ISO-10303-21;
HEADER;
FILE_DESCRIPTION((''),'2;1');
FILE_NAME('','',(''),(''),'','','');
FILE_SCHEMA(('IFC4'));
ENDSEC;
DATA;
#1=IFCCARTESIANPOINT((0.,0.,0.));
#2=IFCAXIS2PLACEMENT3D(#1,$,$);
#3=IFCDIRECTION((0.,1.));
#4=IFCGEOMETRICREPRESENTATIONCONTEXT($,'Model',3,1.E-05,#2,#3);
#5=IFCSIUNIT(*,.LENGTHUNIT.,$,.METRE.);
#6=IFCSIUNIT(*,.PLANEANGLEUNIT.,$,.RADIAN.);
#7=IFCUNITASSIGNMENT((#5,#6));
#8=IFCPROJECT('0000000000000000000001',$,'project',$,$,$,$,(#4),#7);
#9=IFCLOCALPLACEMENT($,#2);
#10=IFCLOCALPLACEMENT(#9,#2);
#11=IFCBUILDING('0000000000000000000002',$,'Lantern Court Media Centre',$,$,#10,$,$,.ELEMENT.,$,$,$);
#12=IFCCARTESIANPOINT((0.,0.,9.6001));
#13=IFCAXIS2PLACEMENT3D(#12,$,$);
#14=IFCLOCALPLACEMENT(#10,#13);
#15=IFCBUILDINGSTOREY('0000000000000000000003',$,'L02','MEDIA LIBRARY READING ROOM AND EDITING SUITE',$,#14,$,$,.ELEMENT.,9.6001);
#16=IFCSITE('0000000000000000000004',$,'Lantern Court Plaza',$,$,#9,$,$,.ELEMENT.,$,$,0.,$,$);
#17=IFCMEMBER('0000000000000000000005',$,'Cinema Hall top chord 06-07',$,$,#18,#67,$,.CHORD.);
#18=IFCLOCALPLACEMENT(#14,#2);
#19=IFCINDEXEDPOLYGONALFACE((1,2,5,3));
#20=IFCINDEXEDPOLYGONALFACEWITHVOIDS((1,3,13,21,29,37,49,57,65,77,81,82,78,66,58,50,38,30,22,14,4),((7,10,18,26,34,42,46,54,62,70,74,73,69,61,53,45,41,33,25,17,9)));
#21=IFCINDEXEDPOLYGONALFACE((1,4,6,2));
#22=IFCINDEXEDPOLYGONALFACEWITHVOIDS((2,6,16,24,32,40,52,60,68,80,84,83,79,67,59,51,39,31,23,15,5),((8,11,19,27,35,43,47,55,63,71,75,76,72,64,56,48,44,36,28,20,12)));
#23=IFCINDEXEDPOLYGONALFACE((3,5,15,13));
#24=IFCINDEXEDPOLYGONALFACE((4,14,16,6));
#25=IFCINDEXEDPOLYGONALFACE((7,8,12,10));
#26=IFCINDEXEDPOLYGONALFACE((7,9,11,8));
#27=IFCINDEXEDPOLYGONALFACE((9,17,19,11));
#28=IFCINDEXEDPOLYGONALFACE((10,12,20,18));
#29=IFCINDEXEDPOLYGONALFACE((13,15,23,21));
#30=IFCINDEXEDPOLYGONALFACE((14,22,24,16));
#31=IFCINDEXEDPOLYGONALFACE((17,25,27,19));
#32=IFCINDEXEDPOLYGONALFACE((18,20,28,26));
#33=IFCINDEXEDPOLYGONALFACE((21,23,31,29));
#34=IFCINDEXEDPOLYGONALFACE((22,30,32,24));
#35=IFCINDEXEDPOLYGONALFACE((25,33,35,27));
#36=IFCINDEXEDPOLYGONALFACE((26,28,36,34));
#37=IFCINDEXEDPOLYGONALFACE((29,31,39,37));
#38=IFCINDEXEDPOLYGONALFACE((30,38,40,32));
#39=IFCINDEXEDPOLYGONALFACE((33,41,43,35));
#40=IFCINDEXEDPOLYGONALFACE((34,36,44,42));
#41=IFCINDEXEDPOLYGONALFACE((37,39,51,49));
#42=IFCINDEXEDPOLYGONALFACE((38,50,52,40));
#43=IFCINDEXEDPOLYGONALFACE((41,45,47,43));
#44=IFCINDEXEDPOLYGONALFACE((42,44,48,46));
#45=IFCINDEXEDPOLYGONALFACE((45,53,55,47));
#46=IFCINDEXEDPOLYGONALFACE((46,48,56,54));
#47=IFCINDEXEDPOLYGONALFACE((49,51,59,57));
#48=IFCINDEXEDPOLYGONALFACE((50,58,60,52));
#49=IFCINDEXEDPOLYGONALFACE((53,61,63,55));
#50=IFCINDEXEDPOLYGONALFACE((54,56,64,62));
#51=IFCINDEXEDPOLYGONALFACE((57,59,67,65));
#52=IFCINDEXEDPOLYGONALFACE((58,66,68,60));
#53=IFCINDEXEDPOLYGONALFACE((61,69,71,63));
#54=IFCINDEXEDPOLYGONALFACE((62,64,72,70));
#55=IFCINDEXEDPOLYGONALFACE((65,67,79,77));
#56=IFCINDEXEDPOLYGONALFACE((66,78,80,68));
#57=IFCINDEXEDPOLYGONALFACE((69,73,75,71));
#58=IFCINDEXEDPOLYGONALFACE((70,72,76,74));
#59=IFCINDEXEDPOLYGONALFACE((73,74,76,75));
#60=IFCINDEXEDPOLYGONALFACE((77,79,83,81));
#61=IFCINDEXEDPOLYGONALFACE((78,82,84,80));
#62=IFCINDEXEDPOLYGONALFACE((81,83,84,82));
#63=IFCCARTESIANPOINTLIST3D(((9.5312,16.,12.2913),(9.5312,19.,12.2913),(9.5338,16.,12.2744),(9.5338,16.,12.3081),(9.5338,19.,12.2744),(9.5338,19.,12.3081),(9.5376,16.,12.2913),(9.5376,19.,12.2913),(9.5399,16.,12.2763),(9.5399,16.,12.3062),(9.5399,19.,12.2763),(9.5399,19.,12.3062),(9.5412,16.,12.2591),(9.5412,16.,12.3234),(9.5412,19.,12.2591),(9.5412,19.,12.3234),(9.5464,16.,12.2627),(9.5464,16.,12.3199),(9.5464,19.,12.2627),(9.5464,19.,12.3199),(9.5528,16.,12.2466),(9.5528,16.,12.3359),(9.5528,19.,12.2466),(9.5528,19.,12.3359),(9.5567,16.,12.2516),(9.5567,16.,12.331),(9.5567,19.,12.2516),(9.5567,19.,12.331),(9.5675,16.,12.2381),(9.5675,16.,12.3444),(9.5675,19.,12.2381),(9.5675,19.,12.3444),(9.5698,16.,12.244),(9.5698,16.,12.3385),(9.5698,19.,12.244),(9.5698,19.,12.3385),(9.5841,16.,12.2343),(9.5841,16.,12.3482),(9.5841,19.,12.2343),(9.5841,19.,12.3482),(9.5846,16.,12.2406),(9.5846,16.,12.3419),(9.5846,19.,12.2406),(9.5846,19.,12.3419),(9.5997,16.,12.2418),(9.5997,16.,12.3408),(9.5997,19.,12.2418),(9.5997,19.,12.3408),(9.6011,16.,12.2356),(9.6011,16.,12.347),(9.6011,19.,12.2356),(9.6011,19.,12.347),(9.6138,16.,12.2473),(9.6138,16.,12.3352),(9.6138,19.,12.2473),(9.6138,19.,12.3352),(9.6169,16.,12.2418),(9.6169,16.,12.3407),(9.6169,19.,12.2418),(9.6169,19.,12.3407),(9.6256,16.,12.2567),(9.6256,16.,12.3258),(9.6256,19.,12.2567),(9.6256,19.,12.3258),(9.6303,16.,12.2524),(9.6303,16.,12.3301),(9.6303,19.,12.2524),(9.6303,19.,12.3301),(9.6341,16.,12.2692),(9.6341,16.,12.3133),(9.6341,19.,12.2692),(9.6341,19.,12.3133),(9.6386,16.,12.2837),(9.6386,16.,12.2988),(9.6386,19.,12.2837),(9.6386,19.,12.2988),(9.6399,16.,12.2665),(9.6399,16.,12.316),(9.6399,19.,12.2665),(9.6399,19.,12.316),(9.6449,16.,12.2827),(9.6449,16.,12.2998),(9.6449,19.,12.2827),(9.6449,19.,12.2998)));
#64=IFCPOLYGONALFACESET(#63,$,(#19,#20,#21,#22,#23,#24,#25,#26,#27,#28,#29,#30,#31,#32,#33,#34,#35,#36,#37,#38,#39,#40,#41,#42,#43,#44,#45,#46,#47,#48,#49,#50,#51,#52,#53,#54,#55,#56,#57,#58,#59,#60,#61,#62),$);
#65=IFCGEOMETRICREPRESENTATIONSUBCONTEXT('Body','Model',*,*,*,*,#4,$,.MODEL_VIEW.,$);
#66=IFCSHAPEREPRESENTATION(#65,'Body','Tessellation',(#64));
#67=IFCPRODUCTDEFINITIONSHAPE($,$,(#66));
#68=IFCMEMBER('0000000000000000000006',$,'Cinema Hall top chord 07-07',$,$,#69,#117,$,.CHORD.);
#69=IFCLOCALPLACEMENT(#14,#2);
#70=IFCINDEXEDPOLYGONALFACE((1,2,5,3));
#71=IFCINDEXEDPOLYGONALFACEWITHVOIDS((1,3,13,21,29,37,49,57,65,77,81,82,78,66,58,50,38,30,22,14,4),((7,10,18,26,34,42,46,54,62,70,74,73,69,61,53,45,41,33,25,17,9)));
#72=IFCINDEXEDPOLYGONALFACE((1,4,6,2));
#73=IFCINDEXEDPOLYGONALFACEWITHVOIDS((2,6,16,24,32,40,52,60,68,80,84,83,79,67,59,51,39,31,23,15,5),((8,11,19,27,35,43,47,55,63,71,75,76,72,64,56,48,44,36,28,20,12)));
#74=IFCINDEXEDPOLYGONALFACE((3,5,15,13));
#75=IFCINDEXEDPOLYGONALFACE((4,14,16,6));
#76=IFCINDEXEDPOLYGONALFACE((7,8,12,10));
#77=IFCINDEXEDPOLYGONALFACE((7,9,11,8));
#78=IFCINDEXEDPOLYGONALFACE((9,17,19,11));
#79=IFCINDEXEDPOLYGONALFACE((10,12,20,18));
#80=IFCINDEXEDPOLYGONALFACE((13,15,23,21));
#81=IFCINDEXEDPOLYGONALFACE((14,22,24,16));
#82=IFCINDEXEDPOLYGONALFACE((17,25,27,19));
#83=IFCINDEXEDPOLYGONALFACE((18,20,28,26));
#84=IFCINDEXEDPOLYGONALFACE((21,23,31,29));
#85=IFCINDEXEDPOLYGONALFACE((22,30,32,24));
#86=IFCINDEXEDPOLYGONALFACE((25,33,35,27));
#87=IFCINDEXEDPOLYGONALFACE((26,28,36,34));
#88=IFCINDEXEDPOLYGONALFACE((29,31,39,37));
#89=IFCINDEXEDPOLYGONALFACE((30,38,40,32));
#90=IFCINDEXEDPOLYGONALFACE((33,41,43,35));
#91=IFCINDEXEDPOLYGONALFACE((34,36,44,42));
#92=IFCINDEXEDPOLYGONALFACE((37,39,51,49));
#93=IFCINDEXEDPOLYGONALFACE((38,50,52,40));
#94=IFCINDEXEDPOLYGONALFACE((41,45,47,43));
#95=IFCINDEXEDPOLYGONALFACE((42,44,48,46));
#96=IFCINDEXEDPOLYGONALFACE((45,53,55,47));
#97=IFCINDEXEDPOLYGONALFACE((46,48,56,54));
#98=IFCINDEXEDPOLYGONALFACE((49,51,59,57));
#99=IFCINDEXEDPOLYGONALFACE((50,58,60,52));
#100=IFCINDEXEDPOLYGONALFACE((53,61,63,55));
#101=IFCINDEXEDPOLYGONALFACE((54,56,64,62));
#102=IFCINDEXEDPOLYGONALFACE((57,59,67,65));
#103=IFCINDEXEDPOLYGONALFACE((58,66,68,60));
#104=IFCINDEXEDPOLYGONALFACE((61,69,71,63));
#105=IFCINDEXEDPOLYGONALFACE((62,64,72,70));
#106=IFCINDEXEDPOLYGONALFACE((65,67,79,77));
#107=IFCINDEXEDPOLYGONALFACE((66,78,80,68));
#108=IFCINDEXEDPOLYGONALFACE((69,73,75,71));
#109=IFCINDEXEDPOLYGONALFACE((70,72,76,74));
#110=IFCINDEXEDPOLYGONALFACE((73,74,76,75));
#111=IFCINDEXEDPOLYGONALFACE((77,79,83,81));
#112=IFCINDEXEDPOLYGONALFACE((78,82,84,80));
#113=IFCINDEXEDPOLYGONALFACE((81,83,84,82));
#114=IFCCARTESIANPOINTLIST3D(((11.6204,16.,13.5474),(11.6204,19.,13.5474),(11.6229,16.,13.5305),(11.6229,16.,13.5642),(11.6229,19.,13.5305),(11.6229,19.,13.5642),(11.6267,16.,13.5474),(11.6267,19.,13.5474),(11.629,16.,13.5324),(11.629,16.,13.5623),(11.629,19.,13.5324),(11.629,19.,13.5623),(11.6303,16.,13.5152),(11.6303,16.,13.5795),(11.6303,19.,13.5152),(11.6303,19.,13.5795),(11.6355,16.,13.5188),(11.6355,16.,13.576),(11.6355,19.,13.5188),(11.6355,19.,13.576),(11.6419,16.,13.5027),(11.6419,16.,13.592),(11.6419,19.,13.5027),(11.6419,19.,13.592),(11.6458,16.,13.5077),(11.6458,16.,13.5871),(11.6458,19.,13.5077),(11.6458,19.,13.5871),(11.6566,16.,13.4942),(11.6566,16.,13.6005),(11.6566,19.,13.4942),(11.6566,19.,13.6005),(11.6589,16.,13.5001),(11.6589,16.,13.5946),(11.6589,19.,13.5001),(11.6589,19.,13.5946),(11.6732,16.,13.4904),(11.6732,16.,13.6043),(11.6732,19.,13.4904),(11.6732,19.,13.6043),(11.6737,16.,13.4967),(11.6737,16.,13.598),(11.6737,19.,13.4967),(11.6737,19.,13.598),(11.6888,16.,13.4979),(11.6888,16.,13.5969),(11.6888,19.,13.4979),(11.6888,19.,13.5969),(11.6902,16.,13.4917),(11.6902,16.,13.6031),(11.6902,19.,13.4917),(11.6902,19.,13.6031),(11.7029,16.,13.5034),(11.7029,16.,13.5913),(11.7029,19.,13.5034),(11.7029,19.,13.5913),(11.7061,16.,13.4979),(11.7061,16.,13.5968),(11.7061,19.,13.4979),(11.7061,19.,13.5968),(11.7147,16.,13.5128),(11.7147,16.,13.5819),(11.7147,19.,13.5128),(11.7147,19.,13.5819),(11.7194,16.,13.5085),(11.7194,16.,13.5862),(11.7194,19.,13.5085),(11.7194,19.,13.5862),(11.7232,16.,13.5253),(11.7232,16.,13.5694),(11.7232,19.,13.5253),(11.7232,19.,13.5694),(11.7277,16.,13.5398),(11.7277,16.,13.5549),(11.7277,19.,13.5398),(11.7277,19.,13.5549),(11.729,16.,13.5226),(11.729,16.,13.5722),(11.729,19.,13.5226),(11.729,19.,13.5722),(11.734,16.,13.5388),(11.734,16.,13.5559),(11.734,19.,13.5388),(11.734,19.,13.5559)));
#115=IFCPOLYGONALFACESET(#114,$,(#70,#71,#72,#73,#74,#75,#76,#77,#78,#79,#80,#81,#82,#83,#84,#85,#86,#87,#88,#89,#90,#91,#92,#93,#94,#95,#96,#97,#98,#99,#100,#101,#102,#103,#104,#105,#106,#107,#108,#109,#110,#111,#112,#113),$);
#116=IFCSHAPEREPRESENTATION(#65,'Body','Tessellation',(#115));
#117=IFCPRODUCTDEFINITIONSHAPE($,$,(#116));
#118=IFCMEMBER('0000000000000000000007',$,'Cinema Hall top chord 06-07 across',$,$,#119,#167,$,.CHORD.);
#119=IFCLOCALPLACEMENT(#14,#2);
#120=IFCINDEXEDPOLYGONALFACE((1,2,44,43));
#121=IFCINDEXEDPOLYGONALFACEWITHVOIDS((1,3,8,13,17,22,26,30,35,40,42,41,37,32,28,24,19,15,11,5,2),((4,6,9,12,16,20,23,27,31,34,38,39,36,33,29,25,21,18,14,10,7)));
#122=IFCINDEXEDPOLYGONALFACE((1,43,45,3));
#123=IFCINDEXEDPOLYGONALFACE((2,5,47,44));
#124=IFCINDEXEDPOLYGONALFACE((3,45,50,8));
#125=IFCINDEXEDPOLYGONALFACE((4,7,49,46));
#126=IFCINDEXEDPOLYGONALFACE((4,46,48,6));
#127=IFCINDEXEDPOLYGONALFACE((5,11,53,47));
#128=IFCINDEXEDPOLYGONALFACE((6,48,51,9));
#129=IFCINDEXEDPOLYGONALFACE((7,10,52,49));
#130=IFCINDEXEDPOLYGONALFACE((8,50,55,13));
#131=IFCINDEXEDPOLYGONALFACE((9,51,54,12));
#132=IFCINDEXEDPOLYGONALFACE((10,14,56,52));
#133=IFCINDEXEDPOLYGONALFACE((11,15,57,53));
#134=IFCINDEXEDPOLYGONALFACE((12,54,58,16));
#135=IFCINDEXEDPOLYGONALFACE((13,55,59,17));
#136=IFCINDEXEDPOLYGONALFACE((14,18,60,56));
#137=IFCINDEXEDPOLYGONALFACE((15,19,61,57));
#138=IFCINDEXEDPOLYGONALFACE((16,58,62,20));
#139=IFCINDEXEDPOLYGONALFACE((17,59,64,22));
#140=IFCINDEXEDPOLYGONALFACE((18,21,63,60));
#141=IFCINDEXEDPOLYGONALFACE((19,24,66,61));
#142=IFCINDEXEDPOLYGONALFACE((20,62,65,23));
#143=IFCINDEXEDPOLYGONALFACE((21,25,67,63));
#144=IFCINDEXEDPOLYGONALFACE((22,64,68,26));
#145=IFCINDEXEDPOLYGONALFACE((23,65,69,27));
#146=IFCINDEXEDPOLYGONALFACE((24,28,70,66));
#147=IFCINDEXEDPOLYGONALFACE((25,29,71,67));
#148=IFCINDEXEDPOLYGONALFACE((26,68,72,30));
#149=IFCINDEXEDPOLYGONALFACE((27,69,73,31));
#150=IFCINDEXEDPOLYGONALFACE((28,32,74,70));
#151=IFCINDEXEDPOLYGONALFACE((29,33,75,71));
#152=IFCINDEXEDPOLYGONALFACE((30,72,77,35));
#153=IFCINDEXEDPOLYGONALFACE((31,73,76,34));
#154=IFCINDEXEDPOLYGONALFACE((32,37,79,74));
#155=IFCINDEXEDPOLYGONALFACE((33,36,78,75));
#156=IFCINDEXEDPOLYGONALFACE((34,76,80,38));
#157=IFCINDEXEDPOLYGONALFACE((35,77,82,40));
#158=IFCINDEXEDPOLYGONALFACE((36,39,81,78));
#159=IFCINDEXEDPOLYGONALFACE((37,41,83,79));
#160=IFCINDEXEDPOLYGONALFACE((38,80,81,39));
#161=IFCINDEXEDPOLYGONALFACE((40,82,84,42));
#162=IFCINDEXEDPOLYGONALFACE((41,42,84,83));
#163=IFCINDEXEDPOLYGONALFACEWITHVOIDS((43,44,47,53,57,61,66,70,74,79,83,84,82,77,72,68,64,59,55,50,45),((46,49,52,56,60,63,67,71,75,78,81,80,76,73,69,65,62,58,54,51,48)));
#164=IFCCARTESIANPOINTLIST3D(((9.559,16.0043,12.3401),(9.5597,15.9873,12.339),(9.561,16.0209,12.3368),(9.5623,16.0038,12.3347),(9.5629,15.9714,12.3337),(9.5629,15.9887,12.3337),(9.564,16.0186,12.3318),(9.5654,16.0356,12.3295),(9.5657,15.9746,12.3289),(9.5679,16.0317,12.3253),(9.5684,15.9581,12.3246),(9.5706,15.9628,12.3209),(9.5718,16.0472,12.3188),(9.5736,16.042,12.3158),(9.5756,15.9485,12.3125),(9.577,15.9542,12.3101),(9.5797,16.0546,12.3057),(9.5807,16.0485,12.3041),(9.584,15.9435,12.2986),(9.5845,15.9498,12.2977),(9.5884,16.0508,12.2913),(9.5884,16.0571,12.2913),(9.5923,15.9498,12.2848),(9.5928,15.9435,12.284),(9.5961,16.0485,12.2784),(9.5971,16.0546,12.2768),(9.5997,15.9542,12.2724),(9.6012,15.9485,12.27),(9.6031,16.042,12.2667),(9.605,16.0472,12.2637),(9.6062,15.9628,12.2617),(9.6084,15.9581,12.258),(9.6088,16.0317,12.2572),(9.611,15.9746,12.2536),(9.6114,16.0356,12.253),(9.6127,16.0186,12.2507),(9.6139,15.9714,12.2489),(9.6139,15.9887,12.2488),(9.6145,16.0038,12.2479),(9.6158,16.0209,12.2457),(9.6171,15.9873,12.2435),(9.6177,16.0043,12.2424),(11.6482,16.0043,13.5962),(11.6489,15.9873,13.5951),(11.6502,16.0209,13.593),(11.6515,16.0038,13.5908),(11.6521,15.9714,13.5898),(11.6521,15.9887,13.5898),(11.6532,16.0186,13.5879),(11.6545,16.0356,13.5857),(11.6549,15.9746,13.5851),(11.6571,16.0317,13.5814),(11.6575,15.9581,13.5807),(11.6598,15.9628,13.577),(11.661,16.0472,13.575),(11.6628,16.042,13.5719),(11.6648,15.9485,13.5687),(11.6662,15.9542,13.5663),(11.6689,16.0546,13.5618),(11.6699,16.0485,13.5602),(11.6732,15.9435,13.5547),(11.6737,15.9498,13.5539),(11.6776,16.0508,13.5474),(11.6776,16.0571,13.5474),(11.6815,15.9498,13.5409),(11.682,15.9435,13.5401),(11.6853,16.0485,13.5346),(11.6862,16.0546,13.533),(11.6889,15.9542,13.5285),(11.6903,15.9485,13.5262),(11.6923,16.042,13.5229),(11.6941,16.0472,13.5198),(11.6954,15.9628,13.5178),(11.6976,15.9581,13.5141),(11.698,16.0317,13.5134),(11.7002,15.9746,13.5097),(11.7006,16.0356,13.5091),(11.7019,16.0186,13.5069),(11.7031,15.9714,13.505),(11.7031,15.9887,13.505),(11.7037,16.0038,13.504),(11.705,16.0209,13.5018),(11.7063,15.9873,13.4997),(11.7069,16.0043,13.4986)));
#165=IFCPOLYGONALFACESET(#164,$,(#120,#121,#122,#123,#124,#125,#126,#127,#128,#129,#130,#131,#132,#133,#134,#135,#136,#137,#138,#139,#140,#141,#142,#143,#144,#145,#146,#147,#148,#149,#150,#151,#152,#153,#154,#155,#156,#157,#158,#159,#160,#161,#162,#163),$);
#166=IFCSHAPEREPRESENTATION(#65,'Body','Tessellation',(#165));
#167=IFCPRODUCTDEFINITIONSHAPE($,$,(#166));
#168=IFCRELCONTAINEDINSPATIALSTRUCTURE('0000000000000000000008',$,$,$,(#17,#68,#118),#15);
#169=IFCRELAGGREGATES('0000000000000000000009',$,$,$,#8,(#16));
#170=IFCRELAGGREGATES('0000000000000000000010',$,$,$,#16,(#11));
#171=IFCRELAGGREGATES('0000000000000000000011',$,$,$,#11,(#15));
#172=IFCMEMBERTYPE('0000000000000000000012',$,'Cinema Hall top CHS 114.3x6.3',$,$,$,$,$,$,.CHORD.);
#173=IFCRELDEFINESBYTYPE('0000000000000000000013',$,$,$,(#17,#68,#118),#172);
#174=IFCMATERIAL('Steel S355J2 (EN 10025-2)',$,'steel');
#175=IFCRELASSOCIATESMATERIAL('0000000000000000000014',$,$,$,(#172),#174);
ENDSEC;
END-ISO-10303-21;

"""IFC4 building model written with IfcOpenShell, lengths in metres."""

from ifc_helpers import new_model, si_unit, direction, frame, origin, origin_2d, place, context, subcontext, project, spatial, hollow_circle, extrude, material, material_profile, profile_set, type_object, element, save


model = new_model("IFC4")

# Units and contexts
model_context = context("Model", 3, precision=1e-05, world=origin(), true_north=direction((0.0, 1.0)))
body_context = subcontext(model_context, "Body", "Model", "MODEL_VIEW")
ifc_project = project(units=[si_unit("LENGTHUNIT", "METRE"), si_unit("PLANEANGLEUNIT", "RADIAN")], contexts=[model_context])

# Site, building, storey
site_placement = place(None, origin())
site = spatial("IfcSite", under=ifc_project, at=site_placement, Name="Lantern Court Plaza", CompositionType="ELEMENT", RefElevation=0.0)
building_placement = place(site_placement, origin())
building = spatial("IfcBuilding", under=site, at=building_placement, Name="Lantern Court Media Centre", CompositionType="ELEMENT")
storey_placement = place(building_placement, frame((0.0, 0.0, 9.6001)))
storey = spatial("IfcBuildingStorey", under=building, at=storey_placement, Name="L02", Description="MEDIA LIBRARY READING ROOM AND EDITING SUITE", CompositionType="ELEMENT", Elevation=9.6001)

# Members
ifc_material = material(Name="Steel S355J2 (EN 10025-2)", Category="steel")
ifc_material_profile_1 = material_profile(ifc_material, hollow_circle(Radius=0.0571, WallThickness=0.0063, at=origin_2d()), Name="Cinema Hall top CHS 114.3x6.3")
ifc_profile_set_1 = profile_set([ifc_material_profile_1], Name="Steel S355J2 (EN 10025-2)")
member_type_1 = type_object("IfcMemberType", Name="Cinema Hall top CHS 114.3x6.3", PredefinedType="CHORD", material=ifc_profile_set_1)
for number, where, z_axis, x_axis, name in (
    (1, (9.5884, 16.0, 12.2913), (0.0, 1.0, 0.0), (-1.0, 0.0, 0.0), "Cinema Hall top chord 06-07"),
    (2, (11.6775, 16.0, 13.5474), (0.0, 1.0, 0.0), (-1.0, 0.0, 0.0), "Cinema Hall top chord 07-07"),
):
    element("IfcMember", number, at=place(storey_placement, frame(where, z_axis=z_axis, x_axis=x_axis)), inside=storey, type_object=member_type_1, Name=name, PredefinedType="CHORD", context=body_context, shape_type="SweptSolid", body=[
        extrude(hollow_circle(Radius=0.0571, WallThickness=0.0063, at=origin_2d()), origin(), (0.0, 0.0, 1.0), 3.0),
    ])
for number, where, z_axis, x_axis, name in (
    (3, (9.5884, 16.0, 12.2913), (0.857015, 0.0, 0.515291), (0.0, 1.0, 0.0), "Cinema Hall top chord 06-07 across"),
):
    element("IfcMember", number, at=place(storey_placement, frame(where, z_axis=z_axis, x_axis=x_axis)), inside=storey, type_object=member_type_1, Name=name, PredefinedType="CHORD", context=body_context, shape_type="SweptSolid", body=[
        extrude(hollow_circle(Radius=0.0571, WallThickness=0.0063, at=origin_2d()), origin(), (0.0, 0.0, 1.0), 2.4377),
    ])

save(model, "model.ifc")
